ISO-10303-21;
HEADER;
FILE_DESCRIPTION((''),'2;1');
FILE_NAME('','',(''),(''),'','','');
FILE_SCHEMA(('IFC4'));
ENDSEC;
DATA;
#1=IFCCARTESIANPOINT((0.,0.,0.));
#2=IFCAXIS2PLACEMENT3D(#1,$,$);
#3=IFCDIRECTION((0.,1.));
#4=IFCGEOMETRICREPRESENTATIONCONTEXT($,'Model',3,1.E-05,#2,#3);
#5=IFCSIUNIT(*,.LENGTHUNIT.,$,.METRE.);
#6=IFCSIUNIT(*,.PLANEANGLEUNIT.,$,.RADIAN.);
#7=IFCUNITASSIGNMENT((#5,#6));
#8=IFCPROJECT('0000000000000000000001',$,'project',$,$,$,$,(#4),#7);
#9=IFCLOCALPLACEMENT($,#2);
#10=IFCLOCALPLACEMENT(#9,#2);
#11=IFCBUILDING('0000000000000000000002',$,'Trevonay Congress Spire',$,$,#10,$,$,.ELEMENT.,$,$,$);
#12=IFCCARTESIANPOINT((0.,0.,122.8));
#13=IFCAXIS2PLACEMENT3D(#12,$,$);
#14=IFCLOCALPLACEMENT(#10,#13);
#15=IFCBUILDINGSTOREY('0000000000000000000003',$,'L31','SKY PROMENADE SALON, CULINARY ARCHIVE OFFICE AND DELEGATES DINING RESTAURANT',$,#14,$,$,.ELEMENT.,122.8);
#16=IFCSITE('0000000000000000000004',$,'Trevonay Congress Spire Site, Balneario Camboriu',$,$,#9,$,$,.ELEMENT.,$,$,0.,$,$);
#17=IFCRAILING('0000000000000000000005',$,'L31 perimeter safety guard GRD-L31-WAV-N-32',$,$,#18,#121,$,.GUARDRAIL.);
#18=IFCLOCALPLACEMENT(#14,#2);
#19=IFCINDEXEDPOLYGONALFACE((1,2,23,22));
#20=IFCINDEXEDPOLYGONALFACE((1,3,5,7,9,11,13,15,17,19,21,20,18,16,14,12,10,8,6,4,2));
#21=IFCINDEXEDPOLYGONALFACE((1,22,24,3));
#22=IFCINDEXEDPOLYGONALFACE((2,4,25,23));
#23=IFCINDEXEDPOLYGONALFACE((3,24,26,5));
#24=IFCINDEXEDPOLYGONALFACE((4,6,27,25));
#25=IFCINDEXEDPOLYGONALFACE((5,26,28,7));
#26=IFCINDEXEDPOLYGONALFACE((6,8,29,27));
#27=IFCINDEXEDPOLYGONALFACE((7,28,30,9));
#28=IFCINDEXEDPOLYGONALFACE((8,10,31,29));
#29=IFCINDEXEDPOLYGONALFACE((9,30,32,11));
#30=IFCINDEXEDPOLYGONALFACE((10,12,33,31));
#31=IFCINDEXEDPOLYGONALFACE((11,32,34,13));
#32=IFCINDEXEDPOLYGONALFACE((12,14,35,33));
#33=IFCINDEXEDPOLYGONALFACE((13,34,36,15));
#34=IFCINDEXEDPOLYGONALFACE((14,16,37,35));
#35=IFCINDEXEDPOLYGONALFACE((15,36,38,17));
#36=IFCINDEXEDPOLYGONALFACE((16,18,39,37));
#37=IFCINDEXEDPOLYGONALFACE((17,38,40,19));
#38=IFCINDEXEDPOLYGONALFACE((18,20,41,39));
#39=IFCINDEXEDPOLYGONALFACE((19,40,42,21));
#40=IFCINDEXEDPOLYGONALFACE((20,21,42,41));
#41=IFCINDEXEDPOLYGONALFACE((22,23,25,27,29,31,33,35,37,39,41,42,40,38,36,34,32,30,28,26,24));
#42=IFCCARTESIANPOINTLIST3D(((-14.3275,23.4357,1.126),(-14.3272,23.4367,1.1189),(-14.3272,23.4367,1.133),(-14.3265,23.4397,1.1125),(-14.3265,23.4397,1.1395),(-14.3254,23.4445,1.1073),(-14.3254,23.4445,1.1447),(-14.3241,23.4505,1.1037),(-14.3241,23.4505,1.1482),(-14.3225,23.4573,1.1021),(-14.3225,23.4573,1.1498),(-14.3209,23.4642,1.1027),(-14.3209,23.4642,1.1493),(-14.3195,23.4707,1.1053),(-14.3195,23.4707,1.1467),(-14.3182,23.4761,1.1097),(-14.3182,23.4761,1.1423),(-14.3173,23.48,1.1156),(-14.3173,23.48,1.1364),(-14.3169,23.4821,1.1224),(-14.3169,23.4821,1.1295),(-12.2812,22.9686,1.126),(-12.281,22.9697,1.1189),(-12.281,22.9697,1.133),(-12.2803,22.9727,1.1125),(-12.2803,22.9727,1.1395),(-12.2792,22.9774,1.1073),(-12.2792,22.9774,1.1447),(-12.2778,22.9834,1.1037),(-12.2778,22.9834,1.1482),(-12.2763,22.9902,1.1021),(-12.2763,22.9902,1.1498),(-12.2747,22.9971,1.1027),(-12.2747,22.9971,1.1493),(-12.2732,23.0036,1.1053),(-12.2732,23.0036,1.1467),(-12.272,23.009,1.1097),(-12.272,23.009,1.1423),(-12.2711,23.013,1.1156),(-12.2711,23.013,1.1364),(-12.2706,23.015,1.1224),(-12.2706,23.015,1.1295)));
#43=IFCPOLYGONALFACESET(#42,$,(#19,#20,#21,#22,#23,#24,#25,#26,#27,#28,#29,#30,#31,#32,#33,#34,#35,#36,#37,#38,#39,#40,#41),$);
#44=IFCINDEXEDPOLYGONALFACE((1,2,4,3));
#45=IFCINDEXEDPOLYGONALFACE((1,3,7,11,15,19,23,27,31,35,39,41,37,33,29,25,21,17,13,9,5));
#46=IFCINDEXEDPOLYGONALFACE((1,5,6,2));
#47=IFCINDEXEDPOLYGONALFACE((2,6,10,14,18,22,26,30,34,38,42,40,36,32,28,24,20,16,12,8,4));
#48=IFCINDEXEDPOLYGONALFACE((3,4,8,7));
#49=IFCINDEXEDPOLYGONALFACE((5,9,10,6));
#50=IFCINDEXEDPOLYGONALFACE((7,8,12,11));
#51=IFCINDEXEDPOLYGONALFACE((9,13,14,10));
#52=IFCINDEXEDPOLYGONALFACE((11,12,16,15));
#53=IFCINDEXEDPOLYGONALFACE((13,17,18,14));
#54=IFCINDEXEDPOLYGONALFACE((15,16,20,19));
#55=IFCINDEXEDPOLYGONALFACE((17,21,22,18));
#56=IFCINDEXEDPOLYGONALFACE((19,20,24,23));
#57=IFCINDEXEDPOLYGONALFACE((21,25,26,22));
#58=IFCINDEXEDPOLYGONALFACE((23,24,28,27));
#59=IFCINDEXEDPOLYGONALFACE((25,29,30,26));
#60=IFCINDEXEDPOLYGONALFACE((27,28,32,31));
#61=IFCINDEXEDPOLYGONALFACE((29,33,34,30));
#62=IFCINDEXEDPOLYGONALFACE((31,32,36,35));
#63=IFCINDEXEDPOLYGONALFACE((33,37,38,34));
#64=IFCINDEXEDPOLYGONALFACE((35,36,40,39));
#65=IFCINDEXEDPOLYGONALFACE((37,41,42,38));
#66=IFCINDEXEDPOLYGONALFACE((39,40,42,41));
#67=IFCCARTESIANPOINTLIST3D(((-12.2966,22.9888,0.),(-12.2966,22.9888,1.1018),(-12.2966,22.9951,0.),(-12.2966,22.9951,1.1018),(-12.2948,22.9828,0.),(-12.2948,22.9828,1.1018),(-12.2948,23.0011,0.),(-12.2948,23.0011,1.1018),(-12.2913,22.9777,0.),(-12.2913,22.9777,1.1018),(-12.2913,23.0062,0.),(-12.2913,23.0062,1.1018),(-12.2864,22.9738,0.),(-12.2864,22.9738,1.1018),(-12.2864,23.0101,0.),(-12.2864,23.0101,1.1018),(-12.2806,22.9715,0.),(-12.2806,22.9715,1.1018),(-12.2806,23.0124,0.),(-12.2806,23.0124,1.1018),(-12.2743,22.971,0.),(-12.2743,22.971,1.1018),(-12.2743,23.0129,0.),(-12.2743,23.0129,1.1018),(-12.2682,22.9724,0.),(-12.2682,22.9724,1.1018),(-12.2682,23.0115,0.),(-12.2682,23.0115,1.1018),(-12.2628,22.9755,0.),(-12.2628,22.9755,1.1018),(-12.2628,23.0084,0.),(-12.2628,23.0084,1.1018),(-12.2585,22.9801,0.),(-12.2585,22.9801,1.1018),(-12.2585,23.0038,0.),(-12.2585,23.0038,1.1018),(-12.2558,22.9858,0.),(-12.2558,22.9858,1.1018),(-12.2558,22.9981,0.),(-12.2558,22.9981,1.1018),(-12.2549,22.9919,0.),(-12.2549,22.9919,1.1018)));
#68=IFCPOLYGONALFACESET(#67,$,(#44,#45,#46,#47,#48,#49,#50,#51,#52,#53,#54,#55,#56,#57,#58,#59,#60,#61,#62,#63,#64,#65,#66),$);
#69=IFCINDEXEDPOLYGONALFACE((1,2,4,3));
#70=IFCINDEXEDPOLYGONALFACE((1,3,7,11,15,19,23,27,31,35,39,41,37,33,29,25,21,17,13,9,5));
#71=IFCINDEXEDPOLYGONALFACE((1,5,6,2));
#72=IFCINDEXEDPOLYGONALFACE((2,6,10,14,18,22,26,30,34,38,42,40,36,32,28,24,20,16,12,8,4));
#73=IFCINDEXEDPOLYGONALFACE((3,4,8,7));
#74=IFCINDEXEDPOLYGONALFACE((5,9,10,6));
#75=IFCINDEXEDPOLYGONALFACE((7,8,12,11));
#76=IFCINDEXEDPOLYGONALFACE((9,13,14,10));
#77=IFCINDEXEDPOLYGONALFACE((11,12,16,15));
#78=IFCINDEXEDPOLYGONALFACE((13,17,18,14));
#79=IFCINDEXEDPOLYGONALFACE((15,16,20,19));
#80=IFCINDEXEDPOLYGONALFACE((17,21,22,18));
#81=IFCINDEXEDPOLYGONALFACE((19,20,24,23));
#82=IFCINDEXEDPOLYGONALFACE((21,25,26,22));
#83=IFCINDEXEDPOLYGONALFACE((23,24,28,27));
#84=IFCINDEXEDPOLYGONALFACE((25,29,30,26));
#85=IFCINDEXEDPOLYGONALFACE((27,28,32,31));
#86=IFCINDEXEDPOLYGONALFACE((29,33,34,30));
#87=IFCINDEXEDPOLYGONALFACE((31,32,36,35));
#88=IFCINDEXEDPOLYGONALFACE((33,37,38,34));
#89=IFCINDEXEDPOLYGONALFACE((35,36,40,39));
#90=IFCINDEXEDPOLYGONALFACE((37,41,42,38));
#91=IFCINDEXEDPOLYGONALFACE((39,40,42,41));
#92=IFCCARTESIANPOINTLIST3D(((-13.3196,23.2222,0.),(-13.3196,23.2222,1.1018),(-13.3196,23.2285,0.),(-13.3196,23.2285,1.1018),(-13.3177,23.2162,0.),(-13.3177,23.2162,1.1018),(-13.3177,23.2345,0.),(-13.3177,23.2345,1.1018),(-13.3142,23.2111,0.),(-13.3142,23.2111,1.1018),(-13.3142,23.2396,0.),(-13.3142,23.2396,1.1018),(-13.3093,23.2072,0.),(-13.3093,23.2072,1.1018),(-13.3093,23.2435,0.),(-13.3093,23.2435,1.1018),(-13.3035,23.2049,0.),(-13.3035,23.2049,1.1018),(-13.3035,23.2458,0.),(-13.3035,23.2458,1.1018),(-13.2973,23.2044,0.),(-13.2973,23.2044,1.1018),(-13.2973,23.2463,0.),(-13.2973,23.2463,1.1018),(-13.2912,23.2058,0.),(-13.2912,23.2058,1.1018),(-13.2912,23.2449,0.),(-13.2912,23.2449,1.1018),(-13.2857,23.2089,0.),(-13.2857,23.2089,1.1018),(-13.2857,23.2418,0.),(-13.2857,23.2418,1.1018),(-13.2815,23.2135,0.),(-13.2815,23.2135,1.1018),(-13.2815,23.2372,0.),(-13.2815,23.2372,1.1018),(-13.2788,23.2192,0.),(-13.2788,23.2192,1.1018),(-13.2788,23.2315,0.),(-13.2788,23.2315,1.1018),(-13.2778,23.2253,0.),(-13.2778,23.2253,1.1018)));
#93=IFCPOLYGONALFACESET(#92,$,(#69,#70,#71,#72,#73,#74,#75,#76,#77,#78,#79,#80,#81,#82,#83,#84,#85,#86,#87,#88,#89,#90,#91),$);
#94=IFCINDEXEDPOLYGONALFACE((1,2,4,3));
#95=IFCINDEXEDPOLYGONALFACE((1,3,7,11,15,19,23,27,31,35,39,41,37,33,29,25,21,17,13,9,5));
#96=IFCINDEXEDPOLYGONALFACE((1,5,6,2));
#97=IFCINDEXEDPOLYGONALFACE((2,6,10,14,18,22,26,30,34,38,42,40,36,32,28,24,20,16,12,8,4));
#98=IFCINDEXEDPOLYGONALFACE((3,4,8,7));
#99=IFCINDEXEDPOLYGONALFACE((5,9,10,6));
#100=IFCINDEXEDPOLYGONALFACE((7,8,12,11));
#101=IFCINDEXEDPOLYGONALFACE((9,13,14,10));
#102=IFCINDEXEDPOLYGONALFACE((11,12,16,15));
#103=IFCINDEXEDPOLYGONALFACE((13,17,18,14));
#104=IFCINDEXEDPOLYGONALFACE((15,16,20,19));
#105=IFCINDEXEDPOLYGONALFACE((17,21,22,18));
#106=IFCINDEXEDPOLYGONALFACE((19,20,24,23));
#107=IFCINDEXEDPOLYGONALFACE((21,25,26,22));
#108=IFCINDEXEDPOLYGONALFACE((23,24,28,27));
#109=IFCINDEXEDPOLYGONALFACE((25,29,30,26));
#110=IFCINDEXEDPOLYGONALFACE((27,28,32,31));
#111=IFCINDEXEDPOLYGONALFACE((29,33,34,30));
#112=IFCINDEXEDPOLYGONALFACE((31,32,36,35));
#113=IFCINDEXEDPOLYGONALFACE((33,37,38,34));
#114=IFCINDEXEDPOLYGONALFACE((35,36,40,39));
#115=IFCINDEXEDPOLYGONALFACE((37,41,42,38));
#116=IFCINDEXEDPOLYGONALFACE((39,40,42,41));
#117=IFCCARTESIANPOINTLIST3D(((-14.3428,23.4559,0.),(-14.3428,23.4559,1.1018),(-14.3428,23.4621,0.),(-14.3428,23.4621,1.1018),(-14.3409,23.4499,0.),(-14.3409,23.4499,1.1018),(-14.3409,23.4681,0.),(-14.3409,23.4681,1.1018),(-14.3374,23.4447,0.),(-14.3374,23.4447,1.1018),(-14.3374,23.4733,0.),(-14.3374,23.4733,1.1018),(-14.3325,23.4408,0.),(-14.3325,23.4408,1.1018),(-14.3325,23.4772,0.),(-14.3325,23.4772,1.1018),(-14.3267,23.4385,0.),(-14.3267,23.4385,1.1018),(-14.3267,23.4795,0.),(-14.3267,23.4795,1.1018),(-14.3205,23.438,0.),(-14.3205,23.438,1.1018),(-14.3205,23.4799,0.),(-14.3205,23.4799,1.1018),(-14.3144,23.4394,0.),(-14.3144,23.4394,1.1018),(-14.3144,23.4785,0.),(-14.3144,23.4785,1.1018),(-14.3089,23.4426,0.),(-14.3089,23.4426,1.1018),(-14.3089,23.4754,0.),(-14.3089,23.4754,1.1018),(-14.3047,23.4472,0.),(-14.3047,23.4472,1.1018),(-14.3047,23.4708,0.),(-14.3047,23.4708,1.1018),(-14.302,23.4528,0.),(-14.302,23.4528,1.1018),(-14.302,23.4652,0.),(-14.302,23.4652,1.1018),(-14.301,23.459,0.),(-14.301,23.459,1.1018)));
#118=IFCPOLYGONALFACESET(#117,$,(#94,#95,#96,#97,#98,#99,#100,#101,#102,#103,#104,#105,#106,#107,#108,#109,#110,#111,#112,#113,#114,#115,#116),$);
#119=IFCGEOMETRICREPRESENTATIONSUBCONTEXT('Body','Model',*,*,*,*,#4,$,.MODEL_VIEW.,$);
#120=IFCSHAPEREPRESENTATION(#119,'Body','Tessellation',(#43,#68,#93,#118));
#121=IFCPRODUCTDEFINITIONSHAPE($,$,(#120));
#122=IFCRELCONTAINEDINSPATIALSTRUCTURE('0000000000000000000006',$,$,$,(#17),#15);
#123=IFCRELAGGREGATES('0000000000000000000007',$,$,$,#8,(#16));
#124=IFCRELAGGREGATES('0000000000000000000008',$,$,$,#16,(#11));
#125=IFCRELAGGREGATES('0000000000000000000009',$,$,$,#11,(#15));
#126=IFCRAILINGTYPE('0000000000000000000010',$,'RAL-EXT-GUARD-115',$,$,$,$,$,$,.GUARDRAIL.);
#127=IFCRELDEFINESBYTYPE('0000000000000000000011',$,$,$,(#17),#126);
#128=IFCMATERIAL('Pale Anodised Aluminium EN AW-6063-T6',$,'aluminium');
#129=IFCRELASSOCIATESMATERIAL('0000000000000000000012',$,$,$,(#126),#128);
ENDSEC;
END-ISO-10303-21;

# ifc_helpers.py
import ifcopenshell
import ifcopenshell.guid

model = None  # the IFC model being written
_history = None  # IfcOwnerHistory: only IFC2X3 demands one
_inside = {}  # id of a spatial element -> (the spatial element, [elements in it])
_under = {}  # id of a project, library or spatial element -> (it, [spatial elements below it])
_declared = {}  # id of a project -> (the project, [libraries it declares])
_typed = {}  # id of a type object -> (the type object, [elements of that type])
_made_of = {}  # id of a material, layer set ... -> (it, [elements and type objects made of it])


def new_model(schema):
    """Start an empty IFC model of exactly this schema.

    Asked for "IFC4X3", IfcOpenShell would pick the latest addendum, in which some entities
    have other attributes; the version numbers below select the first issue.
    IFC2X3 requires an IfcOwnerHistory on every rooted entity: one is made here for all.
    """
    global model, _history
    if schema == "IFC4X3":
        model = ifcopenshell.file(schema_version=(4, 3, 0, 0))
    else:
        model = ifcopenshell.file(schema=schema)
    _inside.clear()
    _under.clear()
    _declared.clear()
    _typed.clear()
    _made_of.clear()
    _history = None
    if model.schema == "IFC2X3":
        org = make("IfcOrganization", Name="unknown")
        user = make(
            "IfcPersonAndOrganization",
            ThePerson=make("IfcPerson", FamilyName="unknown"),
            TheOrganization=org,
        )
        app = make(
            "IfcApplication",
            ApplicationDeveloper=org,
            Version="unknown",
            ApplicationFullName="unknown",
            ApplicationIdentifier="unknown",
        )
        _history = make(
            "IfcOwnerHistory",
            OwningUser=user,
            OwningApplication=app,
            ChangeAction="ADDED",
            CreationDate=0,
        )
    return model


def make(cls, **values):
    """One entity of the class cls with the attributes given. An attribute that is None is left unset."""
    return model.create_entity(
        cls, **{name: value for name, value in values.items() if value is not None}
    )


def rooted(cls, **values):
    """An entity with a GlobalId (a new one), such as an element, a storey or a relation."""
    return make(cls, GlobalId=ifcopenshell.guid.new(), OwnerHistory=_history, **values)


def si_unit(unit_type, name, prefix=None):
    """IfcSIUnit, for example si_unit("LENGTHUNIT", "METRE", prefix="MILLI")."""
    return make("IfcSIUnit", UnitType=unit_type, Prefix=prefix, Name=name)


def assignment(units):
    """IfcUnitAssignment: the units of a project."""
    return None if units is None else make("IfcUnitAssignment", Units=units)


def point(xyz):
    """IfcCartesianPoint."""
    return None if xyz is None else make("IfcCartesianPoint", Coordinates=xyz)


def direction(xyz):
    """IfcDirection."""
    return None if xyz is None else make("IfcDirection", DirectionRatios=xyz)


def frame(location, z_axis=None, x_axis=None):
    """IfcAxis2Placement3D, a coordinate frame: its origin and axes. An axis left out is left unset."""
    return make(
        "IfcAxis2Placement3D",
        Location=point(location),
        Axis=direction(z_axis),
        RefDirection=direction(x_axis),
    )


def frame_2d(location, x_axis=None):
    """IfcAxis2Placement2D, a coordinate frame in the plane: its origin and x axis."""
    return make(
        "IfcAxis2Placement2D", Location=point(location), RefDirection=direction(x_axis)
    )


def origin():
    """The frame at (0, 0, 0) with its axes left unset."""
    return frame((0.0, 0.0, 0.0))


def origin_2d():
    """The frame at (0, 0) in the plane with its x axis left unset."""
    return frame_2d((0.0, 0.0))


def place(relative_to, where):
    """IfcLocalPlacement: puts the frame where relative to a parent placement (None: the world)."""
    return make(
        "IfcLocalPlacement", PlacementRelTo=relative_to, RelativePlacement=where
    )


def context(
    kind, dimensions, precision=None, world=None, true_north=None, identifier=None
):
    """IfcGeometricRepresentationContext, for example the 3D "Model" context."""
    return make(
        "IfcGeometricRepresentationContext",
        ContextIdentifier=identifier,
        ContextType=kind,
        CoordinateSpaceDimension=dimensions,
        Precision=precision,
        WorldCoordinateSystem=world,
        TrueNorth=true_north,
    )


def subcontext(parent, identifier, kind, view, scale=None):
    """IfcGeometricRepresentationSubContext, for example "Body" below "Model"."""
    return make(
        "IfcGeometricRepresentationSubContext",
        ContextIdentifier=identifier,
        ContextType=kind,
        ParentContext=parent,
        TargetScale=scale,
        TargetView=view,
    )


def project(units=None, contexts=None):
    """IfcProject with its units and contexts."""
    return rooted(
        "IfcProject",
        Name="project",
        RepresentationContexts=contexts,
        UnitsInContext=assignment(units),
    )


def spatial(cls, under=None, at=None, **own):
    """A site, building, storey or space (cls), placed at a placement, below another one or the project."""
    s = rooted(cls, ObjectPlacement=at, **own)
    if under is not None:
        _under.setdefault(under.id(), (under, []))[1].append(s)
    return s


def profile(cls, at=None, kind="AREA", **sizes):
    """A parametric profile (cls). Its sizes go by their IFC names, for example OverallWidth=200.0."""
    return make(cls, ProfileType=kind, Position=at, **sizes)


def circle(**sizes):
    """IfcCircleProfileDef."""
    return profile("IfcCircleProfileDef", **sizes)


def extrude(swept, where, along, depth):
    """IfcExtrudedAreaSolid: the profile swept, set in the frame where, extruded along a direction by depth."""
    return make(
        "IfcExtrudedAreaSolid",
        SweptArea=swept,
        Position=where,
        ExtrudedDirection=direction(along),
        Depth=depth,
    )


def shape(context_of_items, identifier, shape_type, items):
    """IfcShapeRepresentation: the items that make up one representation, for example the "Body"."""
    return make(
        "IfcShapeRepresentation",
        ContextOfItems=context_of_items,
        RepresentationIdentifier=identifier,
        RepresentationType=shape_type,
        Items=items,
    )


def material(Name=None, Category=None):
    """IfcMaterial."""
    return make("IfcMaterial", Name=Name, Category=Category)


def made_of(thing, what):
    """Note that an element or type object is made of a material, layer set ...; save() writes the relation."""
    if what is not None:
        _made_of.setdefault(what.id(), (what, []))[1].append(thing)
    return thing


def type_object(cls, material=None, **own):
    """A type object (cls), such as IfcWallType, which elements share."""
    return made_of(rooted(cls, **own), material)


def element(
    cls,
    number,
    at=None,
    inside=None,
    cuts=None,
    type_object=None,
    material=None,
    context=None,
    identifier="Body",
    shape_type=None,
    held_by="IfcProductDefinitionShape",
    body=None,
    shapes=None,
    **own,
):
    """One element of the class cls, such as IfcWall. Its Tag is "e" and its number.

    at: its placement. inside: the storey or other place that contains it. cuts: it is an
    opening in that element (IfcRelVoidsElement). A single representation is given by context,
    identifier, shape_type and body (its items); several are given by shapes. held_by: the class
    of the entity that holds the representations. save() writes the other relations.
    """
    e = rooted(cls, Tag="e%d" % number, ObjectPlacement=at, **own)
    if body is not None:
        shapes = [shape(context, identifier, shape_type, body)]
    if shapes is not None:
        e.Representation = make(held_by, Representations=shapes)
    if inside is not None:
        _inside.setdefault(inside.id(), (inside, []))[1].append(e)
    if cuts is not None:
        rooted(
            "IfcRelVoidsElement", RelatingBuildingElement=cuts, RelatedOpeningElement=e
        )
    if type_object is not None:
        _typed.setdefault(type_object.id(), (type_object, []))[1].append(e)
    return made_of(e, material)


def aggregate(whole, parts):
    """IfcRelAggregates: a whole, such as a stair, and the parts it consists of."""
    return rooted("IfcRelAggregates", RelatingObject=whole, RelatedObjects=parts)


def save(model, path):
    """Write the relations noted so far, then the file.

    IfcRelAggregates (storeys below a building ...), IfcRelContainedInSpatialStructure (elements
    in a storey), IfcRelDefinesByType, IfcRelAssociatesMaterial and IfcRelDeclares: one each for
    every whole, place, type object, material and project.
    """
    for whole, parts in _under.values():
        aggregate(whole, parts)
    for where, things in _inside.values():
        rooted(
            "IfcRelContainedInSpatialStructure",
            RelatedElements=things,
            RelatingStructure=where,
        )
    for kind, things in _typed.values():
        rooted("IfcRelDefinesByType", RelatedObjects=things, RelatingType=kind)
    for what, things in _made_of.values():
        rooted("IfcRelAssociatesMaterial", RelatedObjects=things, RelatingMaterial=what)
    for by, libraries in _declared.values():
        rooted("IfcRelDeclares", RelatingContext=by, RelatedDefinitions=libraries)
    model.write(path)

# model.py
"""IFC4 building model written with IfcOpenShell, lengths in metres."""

from ifc_helpers import new_model, si_unit, direction, frame, origin, origin_2d, place, context, subcontext, project, spatial, circle, extrude, material, type_object, element, save


model = new_model("IFC4")

# Units and contexts
model_context = context("Model", 3, precision=1e-05, world=origin(), true_north=direction((0.0, 1.0)))
body_context = subcontext(model_context, "Body", "Model", "MODEL_VIEW")
ifc_project = project(units=[si_unit("LENGTHUNIT", "METRE"), si_unit("PLANEANGLEUNIT", "RADIAN")], contexts=[model_context])

# Site, building, storey
site_placement = place(None, origin())
site = spatial("IfcSite", under=ifc_project, at=site_placement, Name="Trevonay Congress Spire Site, Balneario Camboriu", CompositionType="ELEMENT", RefElevation=0.0)
building_placement = place(site_placement, origin())
building = spatial("IfcBuilding", under=site, at=building_placement, Name="Trevonay Congress Spire", CompositionType="ELEMENT")
storey_placement = place(building_placement, frame((0.0, 0.0, 122.8)))
storey = spatial("IfcBuildingStorey", under=building, at=storey_placement, Name="L31", Description="SKY PROMENADE SALON, CULINARY ARCHIVE OFFICE AND DELEGATES DINING RESTAURANT", CompositionType="ELEMENT", Elevation=122.8)

# Shared definitions
ifc_material_1 = material(Name="Pale Anodised Aluminium EN AW-6063-T6", Category="aluminium")

# Railing
railing_type = type_object("IfcRailingType", Name="RAL-EXT-GUARD-115", PredefinedType="GUARDRAIL", material=ifc_material_1)
railing_1_placement = place(storey_placement, frame((-12.2759, 22.9919, 0.0)))
element("IfcRailing", 1, at=railing_1_placement, inside=storey, type_object=railing_type, Name="L31 perimeter safety guard GRD-L31-WAV-N-32", PredefinedType="GUARDRAIL", context=body_context, shape_type="SweptSolid", body=[
    extrude(circle(Radius=0.0239, at=origin_2d()), frame((0.0, 0.0, 1.126), z_axis=(-0.974926, 0.222531, 0.0), x_axis=(-0.222531, -0.974926, 0.0)), (0.0, 0.0, 1.0), 2.0989),
    extrude(circle(Radius=0.021, at=origin_2d()), origin(), (0.0, 0.0, 1.0), 1.1018),
    extrude(circle(Radius=0.021, at=origin_2d()), frame((-1.0229, 0.2334, 0.0)), (0.0, 0.0, 1.0), 1.1018),
    extrude(circle(Radius=0.021, at=origin_2d()), frame((-2.0461, 0.467, 0.0)), (0.0, 0.0, 1.0), 1.1018),
])

save(model, "model.ifc")
